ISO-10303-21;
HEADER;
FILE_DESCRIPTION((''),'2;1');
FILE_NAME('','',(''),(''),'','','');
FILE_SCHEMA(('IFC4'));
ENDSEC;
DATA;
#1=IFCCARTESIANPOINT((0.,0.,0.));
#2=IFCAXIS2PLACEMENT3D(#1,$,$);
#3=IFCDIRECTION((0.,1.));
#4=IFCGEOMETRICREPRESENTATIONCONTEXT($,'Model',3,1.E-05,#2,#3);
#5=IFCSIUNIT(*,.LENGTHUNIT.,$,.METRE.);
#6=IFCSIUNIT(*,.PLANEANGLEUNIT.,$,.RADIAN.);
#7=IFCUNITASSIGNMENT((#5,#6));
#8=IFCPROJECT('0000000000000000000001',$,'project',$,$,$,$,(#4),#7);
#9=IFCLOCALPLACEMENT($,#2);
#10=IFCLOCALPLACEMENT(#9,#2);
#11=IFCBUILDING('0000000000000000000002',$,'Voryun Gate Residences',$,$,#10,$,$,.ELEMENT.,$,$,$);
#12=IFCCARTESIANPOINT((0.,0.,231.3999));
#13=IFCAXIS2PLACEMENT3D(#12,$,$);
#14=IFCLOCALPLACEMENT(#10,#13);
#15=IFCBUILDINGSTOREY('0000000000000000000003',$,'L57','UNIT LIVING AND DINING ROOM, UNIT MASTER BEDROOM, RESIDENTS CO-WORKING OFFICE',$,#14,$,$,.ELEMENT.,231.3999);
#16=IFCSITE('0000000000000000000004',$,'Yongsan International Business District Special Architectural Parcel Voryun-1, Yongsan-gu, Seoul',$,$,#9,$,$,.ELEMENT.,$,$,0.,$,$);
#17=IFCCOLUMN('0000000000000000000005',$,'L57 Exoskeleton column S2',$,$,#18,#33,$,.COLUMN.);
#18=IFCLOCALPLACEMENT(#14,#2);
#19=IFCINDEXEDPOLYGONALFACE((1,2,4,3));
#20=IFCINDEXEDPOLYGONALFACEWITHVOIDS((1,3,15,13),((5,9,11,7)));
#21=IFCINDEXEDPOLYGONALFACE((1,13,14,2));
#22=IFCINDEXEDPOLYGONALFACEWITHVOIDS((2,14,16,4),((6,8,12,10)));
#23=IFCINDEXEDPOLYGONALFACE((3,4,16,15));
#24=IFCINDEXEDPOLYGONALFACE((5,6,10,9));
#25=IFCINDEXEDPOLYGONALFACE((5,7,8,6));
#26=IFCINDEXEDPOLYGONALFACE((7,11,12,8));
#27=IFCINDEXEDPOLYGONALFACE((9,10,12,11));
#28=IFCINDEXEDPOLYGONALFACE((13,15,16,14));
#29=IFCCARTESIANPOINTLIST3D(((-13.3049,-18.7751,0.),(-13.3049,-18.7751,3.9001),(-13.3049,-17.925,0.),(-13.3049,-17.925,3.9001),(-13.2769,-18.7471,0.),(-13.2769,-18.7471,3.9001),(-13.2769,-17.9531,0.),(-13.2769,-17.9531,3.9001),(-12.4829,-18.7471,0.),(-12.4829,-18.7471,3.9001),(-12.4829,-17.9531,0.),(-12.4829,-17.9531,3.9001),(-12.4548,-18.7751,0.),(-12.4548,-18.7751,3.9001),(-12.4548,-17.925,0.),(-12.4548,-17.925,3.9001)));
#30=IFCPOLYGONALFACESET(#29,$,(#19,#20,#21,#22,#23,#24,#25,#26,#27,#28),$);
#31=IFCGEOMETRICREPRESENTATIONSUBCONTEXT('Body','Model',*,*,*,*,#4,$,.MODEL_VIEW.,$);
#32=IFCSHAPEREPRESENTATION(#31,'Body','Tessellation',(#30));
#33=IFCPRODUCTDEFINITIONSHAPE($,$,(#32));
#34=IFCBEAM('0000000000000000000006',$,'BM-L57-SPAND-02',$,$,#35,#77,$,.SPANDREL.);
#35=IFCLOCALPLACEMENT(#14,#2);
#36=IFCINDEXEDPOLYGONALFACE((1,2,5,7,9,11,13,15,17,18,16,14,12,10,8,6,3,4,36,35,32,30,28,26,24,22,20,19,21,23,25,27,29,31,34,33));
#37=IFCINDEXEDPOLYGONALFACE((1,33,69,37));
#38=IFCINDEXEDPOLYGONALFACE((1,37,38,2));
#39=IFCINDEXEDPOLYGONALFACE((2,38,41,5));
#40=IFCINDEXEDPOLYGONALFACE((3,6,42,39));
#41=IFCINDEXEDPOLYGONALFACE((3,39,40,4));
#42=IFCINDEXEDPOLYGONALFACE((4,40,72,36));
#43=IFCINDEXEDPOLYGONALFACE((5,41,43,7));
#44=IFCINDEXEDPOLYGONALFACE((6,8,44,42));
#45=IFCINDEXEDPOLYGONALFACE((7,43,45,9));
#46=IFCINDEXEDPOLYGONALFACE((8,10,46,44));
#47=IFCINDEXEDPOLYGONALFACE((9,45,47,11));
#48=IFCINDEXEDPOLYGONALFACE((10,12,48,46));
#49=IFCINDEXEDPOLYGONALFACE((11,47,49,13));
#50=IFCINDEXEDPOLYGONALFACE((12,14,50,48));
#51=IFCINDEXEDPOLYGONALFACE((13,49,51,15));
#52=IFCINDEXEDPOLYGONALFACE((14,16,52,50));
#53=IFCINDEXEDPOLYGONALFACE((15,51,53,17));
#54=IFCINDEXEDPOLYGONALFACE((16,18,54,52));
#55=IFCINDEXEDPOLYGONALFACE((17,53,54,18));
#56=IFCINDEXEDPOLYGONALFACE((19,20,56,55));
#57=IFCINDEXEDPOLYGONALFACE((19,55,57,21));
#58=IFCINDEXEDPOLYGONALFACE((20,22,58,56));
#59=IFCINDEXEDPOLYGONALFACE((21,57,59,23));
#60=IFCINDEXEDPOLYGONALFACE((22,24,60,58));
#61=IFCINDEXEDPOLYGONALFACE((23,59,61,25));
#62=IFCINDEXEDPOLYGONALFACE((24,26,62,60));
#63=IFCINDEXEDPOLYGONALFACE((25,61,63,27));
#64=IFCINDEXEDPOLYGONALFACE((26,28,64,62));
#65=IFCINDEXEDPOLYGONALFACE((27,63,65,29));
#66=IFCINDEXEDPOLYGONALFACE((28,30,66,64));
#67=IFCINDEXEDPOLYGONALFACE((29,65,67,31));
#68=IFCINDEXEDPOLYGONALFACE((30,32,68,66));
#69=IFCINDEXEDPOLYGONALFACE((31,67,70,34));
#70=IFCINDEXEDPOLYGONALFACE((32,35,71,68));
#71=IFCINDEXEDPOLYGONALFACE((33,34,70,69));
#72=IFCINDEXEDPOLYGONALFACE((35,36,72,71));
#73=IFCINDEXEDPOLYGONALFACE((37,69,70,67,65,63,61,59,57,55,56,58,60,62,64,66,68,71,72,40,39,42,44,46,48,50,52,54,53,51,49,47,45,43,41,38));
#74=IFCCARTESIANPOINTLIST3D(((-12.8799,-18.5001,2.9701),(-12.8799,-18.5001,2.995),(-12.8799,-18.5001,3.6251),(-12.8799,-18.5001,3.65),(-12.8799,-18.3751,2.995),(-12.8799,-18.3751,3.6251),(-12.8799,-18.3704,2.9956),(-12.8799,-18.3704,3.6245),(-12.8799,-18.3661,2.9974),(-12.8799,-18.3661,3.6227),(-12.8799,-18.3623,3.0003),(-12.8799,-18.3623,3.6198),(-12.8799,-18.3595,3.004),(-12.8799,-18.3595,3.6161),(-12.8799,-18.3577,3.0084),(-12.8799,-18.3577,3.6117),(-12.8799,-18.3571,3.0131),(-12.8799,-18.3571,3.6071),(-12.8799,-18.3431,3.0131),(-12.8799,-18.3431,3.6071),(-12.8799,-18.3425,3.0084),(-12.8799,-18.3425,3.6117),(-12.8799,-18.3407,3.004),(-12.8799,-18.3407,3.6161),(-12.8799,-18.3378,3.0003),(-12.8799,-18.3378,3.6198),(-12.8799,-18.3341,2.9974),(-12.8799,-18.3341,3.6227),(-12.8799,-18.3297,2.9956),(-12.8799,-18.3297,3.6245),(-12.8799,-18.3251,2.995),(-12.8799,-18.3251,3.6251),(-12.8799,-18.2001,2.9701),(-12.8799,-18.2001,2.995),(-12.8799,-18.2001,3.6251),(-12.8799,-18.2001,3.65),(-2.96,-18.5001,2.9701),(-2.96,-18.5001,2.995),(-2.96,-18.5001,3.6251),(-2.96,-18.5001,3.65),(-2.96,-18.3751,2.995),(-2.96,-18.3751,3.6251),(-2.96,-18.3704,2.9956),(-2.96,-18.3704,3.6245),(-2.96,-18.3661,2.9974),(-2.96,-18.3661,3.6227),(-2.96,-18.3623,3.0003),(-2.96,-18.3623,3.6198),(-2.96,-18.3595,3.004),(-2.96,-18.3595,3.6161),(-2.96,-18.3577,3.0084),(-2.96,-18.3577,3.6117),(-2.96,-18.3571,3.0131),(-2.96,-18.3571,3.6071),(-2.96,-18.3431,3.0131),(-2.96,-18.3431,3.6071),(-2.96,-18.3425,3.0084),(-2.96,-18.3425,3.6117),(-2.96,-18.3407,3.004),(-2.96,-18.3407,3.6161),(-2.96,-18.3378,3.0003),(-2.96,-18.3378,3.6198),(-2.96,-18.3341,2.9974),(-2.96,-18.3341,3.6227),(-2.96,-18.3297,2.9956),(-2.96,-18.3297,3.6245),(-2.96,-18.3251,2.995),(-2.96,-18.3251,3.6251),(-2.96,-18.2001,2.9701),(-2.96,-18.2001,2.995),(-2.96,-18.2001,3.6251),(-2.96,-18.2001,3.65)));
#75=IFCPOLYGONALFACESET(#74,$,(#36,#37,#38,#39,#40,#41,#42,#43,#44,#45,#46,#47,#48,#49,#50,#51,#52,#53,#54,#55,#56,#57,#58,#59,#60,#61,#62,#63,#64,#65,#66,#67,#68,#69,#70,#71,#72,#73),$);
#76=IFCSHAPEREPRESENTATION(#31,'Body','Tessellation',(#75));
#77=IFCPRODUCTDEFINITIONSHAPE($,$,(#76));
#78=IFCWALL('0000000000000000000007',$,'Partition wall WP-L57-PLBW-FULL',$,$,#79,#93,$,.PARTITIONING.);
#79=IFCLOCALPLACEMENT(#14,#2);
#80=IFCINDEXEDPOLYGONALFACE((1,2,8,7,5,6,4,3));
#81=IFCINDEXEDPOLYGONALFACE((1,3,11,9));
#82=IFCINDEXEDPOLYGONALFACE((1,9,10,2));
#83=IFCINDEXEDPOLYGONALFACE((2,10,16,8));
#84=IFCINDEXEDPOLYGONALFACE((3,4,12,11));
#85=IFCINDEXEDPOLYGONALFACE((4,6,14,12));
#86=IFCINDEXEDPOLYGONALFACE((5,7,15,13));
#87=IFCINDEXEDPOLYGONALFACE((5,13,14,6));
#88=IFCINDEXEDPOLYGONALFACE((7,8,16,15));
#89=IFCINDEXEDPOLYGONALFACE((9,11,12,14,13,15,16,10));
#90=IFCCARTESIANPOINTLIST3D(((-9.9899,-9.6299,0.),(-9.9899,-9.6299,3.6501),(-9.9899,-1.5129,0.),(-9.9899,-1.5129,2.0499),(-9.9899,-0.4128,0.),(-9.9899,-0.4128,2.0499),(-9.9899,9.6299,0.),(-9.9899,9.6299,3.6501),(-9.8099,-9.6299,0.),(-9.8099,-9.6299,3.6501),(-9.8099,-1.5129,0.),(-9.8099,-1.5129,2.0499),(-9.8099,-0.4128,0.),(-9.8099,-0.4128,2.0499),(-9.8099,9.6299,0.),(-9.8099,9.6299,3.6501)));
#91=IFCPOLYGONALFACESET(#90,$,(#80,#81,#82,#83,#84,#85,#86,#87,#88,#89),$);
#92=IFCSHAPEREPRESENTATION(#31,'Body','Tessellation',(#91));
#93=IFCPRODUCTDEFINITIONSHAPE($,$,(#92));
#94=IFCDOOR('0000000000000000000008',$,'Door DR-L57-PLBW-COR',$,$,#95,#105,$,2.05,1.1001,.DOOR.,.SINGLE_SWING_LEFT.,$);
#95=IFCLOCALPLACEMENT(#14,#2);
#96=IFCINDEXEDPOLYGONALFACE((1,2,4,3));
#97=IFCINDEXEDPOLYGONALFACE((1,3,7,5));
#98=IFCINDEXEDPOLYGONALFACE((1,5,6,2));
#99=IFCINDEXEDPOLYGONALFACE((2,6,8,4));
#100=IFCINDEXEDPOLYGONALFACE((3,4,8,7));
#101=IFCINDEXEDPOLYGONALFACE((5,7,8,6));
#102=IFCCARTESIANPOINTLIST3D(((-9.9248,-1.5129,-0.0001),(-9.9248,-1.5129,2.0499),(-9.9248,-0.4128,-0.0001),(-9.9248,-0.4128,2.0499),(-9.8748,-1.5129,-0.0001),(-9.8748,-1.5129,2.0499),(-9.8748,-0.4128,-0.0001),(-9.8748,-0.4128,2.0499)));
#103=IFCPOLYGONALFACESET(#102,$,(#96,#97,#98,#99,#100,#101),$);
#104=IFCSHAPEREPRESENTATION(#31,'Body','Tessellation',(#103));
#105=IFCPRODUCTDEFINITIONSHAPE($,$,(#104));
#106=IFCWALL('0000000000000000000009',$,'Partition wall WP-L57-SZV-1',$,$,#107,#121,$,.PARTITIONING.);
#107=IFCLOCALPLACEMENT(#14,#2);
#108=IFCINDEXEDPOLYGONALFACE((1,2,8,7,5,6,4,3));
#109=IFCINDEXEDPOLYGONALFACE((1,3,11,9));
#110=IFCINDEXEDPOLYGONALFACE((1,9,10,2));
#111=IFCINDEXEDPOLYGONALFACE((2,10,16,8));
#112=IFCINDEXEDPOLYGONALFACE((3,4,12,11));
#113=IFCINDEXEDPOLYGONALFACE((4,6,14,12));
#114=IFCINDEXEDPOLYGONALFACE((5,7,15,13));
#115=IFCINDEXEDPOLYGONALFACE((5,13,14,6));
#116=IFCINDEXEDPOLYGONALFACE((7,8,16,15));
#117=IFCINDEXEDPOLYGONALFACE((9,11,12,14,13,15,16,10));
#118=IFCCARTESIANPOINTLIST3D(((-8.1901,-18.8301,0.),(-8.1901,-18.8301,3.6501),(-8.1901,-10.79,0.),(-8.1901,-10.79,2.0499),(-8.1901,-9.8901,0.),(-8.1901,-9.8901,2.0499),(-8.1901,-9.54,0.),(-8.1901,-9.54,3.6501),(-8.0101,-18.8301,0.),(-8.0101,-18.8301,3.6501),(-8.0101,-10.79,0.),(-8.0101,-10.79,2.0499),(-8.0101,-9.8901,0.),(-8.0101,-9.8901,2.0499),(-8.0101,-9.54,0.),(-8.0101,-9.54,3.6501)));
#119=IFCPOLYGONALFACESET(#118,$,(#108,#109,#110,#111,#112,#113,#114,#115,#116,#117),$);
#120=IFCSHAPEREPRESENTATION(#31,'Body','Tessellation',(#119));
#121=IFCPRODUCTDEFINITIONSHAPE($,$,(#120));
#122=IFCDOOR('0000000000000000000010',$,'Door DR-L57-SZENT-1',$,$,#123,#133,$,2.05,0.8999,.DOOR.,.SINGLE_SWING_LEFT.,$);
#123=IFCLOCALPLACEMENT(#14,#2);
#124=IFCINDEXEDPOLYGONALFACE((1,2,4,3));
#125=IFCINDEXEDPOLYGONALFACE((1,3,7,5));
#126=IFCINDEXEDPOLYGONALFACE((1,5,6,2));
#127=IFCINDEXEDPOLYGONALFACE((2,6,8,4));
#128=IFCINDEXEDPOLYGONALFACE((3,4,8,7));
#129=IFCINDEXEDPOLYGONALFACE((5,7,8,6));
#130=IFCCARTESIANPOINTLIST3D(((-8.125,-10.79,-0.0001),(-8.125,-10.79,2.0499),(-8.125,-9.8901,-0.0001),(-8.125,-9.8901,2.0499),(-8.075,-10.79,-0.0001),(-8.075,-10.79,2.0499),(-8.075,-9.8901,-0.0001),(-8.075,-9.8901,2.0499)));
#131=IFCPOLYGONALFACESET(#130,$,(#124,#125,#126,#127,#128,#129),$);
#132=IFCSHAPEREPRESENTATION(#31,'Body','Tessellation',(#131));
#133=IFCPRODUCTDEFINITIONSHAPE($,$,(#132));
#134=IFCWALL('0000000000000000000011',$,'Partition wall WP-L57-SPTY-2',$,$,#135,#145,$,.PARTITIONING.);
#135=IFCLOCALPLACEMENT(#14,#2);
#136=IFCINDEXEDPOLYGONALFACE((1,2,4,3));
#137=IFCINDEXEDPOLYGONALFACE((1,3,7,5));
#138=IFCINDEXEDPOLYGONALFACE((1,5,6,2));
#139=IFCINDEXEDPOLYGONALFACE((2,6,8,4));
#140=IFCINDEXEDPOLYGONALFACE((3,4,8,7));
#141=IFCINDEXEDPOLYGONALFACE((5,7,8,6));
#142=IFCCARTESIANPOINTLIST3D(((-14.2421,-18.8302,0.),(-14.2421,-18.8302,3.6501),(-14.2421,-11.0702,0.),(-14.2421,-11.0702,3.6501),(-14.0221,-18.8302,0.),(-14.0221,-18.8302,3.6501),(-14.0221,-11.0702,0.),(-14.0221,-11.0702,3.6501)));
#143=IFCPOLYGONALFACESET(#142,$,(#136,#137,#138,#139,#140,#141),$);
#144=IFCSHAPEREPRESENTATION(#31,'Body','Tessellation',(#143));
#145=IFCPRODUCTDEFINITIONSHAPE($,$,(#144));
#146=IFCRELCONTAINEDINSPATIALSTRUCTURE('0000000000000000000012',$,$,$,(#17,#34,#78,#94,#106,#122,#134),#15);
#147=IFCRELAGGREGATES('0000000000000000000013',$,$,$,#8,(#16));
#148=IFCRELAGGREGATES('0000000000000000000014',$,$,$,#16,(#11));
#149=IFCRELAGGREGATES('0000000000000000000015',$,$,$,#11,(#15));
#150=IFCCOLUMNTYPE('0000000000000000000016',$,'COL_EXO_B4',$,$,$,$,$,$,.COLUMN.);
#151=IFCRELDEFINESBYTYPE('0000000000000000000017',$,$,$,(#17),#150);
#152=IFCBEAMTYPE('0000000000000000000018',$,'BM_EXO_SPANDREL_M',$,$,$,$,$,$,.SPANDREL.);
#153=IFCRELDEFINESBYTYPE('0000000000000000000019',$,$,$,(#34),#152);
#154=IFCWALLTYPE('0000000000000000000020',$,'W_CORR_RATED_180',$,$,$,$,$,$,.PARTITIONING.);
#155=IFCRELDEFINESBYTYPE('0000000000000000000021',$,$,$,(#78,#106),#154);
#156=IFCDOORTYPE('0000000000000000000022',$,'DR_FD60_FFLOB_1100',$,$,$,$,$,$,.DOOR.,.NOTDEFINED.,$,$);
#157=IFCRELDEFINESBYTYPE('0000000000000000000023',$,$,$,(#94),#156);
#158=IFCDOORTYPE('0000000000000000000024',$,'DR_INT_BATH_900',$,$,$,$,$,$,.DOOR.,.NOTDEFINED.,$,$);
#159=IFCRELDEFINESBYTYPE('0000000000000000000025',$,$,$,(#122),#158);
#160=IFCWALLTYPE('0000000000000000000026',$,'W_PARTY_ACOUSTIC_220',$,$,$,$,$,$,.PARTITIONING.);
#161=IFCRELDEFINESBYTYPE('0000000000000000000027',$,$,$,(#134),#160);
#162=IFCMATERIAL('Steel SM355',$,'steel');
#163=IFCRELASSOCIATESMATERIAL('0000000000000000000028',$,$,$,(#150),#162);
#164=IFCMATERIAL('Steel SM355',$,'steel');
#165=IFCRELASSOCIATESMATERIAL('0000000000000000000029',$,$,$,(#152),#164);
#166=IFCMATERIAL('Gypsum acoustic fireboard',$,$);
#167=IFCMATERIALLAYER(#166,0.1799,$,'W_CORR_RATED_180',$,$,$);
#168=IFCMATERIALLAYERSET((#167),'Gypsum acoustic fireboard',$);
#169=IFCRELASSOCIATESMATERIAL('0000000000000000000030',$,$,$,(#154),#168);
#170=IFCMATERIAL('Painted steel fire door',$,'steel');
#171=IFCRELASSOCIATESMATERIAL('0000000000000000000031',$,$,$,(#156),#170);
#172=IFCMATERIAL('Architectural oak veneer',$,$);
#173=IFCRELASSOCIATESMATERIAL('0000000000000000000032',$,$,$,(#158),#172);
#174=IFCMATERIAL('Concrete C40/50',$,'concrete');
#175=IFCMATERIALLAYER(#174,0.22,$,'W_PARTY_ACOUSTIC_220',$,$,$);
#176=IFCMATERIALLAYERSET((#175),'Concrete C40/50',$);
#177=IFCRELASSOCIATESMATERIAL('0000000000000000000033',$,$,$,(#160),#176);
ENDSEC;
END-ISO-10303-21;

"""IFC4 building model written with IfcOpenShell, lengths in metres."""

from ifc_helpers import new_model, si_unit, direction, frame, frame_2d, origin, origin_2d, place, context, subcontext, project, spatial, rectangle, hollow_rectangle, i_section, extrude, material, layer, layer_set, material_profile, profile_set, type_object, element, fill, save


model = new_model("IFC4")

# Units and contexts
model_context = context("Model", 3, precision=1e-05, world=origin(), true_north=direction((0.0, 1.0)))
body_context = subcontext(model_context, "Body", "Model", "MODEL_VIEW")
ifc_project = project(units=[si_unit("LENGTHUNIT", "METRE"), si_unit("PLANEANGLEUNIT", "RADIAN")], contexts=[model_context])

# Site, building, storey
site_placement = place(None, origin())
site = spatial("IfcSite", under=ifc_project, at=site_placement, Name="Yongsan International Business District Special Architectural Parcel Voryun-1, Yongsan-gu, Seoul", CompositionType="ELEMENT", RefElevation=0.0)
building_placement = place(site_placement, origin())
building = spatial("IfcBuilding", under=site, at=building_placement, Name="Voryun Gate Residences", CompositionType="ELEMENT")
storey_placement = place(building_placement, frame((0.0, 0.0, 231.3999)))
storey = spatial("IfcBuildingStorey", under=building, at=storey_placement, Name="L57", Description="UNIT LIVING AND DINING ROOM, UNIT MASTER BEDROOM, RESIDENTS CO-WORKING OFFICE", CompositionType="ELEMENT", Elevation=231.3999)

# Column
ifc_material_1 = material(Name="Steel SM355", Category="steel")
ifc_material_profile_1 = material_profile(ifc_material_1, hollow_rectangle(XDim=0.8501, YDim=0.8501, WallThickness=0.0281, at=origin_2d()), Name="BOX-850x850x28")
ifc_profile_set_1 = profile_set([ifc_material_profile_1], Name="Steel SM355")
column_type = type_object("IfcColumnType", Name="COL_EXO_B4", PredefinedType="COLUMN", material=ifc_profile_set_1)
column_placement = place(storey_placement, frame((-12.8799, -18.3501, 0.0), z_axis=(0.0, 0.0, 1.0), x_axis=(1.0, 0.0, 0.0)))
element("IfcColumn", 1, at=column_placement, inside=storey, type_object=column_type, Name="L57 Exoskeleton column S2", PredefinedType="COLUMN", context=body_context, shape_type="SweptSolid", body=[
    extrude(hollow_rectangle(XDim=0.8501, YDim=0.8501, WallThickness=0.0281, at=origin_2d()), origin(), (0.0, 0.0, 1.0), 3.9001),
])

# Beam
ifc_material_2 = material(Name="Steel SM355", Category="steel")
ifc_material_profile_2 = material_profile(ifc_material_2, i_section(OverallWidth=0.3, OverallDepth=0.6799, WebThickness=0.0139, FlangeThickness=0.0249, FilletRadius=0.0181, at=origin_2d()), Name="H-680x300x14x25")
ifc_profile_set_2 = profile_set([ifc_material_profile_2], Name="Steel SM355")
beam_type = type_object("IfcBeamType", Name="BM_EXO_SPANDREL_M", PredefinedType="SPANDREL", material=ifc_profile_set_2)
beam_placement = place(storey_placement, frame((-12.8799, -18.3501, 3.3101), z_axis=(1.0, 0.0, 0.0), x_axis=(0.0, 1.0, 0.0)))
element("IfcBeam", 2, at=beam_placement, inside=storey, type_object=beam_type, Name="BM-L57-SPAND-02", PredefinedType="SPANDREL", context=body_context, shape_type="SweptSolid", body=[
    extrude(i_section(OverallWidth=0.3, OverallDepth=0.6799, WebThickness=0.0139, FlangeThickness=0.0249, FilletRadius=0.0181, at=origin_2d()), origin(), (0.0, 0.0, 1.0), 9.9199),
])

# Walls, openings, doors
ifc_material_3 = material(Name="Gypsum acoustic fireboard")
ifc_layer_1 = layer(ifc_material_3, 0.1799, Name="W_CORR_RATED_180")
ifc_layer_set_1 = layer_set([ifc_layer_1], Name="Gypsum acoustic fireboard")
wall_type_1 = type_object("IfcWallType", Name="W_CORR_RATED_180", PredefinedType="PARTITIONING", material=ifc_layer_set_1)
wall_1_placement = place(storey_placement, frame((-9.8999, -9.6299, 0.0), z_axis=(0.0, 0.0, 1.0), x_axis=(0.0, 1.0, 0.0)))
wall_1 = element("IfcWall", 3, at=wall_1_placement, inside=storey, type_object=wall_type_1, Name="Partition wall WP-L57-PLBW-FULL", PredefinedType="PARTITIONING", context=body_context, shape_type="SweptSolid", body=[
    extrude(rectangle(XDim=19.2598, YDim=0.1799, at=frame_2d((9.6299, 0.0))), origin(), (0.0, 0.0, 1.0), 3.6501),
])
opening_1_placement = place(wall_1_placement, frame((8.1169, 0.0, 0.0)))
opening_1 = element("IfcOpeningElement", 4, at=opening_1_placement, cuts=wall_1, PredefinedType="OPENING", context=body_context, shape_type="SweptSolid", body=[
    extrude(rectangle(XDim=1.1001, YDim=2.05, at=frame_2d((0.55, 1.0249))), frame((0.0, 0.0999, 0.0), z_axis=(0.0, -1.0, 0.0), x_axis=(1.0, 0.0, 0.0)), (0.0, 0.0, 1.0), 0.2),
])
ifc_material_4 = material(Name="Painted steel fire door", Category="steel")
door_type_1 = type_object("IfcDoorType", Name="DR_FD60_FFLOB_1100", OperationType="NOTDEFINED", PredefinedType="DOOR", material=ifc_material_4)
door_1_placement = place(opening_1_placement, origin())
door_1 = element("IfcDoor", 5, at=door_1_placement, inside=storey, type_object=door_type_1, Name="Door DR-L57-PLBW-COR", OperationType="SINGLE_SWING_LEFT", OverallHeight=2.05, OverallWidth=1.1001, PredefinedType="DOOR", context=body_context, shape_type="SweptSolid", body=[
    extrude(rectangle(XDim=1.1001, YDim=2.05, at=frame_2d((0.55, 1.0249))), frame((0.0, 0.0249, 0.0), z_axis=(0.0, -1.0, 0.0), x_axis=(1.0, 0.0, 0.0)), (0.0, 0.0, 1.0), 0.05),
])
fill(opening_1, door_1)
wall_2_placement = place(storey_placement, frame((-8.1001, -18.8301, 0.0), z_axis=(0.0, 0.0, 1.0), x_axis=(0.0, 1.0, 0.0)))
wall_2 = element("IfcWall", 6, at=wall_2_placement, inside=storey, type_object=wall_type_1, Name="Partition wall WP-L57-SZV-1", PredefinedType="PARTITIONING", context=body_context, shape_type="SweptSolid", body=[
    extrude(rectangle(XDim=9.29, YDim=0.1799, at=frame_2d((4.645, 0.0))), origin(), (0.0, 0.0, 1.0), 3.6501),
])
opening_2_placement = place(wall_2_placement, frame((8.04, 0.0, 0.0)))
opening_2 = element("IfcOpeningElement", 7, at=opening_2_placement, cuts=wall_2, PredefinedType="OPENING", context=body_context, shape_type="SweptSolid", body=[
    extrude(rectangle(XDim=0.8999, YDim=2.05, at=frame_2d((0.45, 1.0249))), frame((0.0, 0.0999, 0.0), z_axis=(0.0, -1.0, 0.0), x_axis=(1.0, 0.0, 0.0)), (0.0, 0.0, 1.0), 0.2),
])
ifc_material_5 = material(Name="Architectural oak veneer")
door_type_2 = type_object("IfcDoorType", Name="DR_INT_BATH_900", OperationType="NOTDEFINED", PredefinedType="DOOR", material=ifc_material_5)
door_2_placement = place(opening_2_placement, origin())
door_2 = element("IfcDoor", 8, at=door_2_placement, inside=storey, type_object=door_type_2, Name="Door DR-L57-SZENT-1", OperationType="SINGLE_SWING_LEFT", OverallHeight=2.05, OverallWidth=0.8999, PredefinedType="DOOR", context=body_context, shape_type="SweptSolid", body=[
    extrude(rectangle(XDim=0.8999, YDim=2.05, at=frame_2d((0.45, 1.0249))), frame((0.0, 0.0249, 0.0), z_axis=(0.0, -1.0, 0.0), x_axis=(1.0, 0.0, 0.0)), (0.0, 0.0, 1.0), 0.05),
])
fill(opening_2, door_2)

# Wall
ifc_material_6 = material(Name="Concrete C40/50", Category="concrete")
ifc_layer_2 = layer(ifc_material_6, 0.22, Name="W_PARTY_ACOUSTIC_220")
ifc_layer_set_2 = layer_set([ifc_layer_2], Name="Concrete C40/50")
wall_type_2 = type_object("IfcWallType", Name="W_PARTY_ACOUSTIC_220", PredefinedType="PARTITIONING", material=ifc_layer_set_2)
wall_3_placement = place(storey_placement, frame((-14.1321, -18.8301, 0.0), z_axis=(0.0, 0.0, 1.0), x_axis=(0.0, 1.0, 0.0)))
element("IfcWall", 9, at=wall_3_placement, inside=storey, type_object=wall_type_2, Name="Partition wall WP-L57-SPTY-2", PredefinedType="PARTITIONING", context=body_context, shape_type="SweptSolid", body=[
    extrude(rectangle(XDim=7.76, YDim=0.22, at=frame_2d((3.8799, 0.0))), origin(), (0.0, 0.0, 1.0), 3.6501),
])

save(model, "model.ifc")
